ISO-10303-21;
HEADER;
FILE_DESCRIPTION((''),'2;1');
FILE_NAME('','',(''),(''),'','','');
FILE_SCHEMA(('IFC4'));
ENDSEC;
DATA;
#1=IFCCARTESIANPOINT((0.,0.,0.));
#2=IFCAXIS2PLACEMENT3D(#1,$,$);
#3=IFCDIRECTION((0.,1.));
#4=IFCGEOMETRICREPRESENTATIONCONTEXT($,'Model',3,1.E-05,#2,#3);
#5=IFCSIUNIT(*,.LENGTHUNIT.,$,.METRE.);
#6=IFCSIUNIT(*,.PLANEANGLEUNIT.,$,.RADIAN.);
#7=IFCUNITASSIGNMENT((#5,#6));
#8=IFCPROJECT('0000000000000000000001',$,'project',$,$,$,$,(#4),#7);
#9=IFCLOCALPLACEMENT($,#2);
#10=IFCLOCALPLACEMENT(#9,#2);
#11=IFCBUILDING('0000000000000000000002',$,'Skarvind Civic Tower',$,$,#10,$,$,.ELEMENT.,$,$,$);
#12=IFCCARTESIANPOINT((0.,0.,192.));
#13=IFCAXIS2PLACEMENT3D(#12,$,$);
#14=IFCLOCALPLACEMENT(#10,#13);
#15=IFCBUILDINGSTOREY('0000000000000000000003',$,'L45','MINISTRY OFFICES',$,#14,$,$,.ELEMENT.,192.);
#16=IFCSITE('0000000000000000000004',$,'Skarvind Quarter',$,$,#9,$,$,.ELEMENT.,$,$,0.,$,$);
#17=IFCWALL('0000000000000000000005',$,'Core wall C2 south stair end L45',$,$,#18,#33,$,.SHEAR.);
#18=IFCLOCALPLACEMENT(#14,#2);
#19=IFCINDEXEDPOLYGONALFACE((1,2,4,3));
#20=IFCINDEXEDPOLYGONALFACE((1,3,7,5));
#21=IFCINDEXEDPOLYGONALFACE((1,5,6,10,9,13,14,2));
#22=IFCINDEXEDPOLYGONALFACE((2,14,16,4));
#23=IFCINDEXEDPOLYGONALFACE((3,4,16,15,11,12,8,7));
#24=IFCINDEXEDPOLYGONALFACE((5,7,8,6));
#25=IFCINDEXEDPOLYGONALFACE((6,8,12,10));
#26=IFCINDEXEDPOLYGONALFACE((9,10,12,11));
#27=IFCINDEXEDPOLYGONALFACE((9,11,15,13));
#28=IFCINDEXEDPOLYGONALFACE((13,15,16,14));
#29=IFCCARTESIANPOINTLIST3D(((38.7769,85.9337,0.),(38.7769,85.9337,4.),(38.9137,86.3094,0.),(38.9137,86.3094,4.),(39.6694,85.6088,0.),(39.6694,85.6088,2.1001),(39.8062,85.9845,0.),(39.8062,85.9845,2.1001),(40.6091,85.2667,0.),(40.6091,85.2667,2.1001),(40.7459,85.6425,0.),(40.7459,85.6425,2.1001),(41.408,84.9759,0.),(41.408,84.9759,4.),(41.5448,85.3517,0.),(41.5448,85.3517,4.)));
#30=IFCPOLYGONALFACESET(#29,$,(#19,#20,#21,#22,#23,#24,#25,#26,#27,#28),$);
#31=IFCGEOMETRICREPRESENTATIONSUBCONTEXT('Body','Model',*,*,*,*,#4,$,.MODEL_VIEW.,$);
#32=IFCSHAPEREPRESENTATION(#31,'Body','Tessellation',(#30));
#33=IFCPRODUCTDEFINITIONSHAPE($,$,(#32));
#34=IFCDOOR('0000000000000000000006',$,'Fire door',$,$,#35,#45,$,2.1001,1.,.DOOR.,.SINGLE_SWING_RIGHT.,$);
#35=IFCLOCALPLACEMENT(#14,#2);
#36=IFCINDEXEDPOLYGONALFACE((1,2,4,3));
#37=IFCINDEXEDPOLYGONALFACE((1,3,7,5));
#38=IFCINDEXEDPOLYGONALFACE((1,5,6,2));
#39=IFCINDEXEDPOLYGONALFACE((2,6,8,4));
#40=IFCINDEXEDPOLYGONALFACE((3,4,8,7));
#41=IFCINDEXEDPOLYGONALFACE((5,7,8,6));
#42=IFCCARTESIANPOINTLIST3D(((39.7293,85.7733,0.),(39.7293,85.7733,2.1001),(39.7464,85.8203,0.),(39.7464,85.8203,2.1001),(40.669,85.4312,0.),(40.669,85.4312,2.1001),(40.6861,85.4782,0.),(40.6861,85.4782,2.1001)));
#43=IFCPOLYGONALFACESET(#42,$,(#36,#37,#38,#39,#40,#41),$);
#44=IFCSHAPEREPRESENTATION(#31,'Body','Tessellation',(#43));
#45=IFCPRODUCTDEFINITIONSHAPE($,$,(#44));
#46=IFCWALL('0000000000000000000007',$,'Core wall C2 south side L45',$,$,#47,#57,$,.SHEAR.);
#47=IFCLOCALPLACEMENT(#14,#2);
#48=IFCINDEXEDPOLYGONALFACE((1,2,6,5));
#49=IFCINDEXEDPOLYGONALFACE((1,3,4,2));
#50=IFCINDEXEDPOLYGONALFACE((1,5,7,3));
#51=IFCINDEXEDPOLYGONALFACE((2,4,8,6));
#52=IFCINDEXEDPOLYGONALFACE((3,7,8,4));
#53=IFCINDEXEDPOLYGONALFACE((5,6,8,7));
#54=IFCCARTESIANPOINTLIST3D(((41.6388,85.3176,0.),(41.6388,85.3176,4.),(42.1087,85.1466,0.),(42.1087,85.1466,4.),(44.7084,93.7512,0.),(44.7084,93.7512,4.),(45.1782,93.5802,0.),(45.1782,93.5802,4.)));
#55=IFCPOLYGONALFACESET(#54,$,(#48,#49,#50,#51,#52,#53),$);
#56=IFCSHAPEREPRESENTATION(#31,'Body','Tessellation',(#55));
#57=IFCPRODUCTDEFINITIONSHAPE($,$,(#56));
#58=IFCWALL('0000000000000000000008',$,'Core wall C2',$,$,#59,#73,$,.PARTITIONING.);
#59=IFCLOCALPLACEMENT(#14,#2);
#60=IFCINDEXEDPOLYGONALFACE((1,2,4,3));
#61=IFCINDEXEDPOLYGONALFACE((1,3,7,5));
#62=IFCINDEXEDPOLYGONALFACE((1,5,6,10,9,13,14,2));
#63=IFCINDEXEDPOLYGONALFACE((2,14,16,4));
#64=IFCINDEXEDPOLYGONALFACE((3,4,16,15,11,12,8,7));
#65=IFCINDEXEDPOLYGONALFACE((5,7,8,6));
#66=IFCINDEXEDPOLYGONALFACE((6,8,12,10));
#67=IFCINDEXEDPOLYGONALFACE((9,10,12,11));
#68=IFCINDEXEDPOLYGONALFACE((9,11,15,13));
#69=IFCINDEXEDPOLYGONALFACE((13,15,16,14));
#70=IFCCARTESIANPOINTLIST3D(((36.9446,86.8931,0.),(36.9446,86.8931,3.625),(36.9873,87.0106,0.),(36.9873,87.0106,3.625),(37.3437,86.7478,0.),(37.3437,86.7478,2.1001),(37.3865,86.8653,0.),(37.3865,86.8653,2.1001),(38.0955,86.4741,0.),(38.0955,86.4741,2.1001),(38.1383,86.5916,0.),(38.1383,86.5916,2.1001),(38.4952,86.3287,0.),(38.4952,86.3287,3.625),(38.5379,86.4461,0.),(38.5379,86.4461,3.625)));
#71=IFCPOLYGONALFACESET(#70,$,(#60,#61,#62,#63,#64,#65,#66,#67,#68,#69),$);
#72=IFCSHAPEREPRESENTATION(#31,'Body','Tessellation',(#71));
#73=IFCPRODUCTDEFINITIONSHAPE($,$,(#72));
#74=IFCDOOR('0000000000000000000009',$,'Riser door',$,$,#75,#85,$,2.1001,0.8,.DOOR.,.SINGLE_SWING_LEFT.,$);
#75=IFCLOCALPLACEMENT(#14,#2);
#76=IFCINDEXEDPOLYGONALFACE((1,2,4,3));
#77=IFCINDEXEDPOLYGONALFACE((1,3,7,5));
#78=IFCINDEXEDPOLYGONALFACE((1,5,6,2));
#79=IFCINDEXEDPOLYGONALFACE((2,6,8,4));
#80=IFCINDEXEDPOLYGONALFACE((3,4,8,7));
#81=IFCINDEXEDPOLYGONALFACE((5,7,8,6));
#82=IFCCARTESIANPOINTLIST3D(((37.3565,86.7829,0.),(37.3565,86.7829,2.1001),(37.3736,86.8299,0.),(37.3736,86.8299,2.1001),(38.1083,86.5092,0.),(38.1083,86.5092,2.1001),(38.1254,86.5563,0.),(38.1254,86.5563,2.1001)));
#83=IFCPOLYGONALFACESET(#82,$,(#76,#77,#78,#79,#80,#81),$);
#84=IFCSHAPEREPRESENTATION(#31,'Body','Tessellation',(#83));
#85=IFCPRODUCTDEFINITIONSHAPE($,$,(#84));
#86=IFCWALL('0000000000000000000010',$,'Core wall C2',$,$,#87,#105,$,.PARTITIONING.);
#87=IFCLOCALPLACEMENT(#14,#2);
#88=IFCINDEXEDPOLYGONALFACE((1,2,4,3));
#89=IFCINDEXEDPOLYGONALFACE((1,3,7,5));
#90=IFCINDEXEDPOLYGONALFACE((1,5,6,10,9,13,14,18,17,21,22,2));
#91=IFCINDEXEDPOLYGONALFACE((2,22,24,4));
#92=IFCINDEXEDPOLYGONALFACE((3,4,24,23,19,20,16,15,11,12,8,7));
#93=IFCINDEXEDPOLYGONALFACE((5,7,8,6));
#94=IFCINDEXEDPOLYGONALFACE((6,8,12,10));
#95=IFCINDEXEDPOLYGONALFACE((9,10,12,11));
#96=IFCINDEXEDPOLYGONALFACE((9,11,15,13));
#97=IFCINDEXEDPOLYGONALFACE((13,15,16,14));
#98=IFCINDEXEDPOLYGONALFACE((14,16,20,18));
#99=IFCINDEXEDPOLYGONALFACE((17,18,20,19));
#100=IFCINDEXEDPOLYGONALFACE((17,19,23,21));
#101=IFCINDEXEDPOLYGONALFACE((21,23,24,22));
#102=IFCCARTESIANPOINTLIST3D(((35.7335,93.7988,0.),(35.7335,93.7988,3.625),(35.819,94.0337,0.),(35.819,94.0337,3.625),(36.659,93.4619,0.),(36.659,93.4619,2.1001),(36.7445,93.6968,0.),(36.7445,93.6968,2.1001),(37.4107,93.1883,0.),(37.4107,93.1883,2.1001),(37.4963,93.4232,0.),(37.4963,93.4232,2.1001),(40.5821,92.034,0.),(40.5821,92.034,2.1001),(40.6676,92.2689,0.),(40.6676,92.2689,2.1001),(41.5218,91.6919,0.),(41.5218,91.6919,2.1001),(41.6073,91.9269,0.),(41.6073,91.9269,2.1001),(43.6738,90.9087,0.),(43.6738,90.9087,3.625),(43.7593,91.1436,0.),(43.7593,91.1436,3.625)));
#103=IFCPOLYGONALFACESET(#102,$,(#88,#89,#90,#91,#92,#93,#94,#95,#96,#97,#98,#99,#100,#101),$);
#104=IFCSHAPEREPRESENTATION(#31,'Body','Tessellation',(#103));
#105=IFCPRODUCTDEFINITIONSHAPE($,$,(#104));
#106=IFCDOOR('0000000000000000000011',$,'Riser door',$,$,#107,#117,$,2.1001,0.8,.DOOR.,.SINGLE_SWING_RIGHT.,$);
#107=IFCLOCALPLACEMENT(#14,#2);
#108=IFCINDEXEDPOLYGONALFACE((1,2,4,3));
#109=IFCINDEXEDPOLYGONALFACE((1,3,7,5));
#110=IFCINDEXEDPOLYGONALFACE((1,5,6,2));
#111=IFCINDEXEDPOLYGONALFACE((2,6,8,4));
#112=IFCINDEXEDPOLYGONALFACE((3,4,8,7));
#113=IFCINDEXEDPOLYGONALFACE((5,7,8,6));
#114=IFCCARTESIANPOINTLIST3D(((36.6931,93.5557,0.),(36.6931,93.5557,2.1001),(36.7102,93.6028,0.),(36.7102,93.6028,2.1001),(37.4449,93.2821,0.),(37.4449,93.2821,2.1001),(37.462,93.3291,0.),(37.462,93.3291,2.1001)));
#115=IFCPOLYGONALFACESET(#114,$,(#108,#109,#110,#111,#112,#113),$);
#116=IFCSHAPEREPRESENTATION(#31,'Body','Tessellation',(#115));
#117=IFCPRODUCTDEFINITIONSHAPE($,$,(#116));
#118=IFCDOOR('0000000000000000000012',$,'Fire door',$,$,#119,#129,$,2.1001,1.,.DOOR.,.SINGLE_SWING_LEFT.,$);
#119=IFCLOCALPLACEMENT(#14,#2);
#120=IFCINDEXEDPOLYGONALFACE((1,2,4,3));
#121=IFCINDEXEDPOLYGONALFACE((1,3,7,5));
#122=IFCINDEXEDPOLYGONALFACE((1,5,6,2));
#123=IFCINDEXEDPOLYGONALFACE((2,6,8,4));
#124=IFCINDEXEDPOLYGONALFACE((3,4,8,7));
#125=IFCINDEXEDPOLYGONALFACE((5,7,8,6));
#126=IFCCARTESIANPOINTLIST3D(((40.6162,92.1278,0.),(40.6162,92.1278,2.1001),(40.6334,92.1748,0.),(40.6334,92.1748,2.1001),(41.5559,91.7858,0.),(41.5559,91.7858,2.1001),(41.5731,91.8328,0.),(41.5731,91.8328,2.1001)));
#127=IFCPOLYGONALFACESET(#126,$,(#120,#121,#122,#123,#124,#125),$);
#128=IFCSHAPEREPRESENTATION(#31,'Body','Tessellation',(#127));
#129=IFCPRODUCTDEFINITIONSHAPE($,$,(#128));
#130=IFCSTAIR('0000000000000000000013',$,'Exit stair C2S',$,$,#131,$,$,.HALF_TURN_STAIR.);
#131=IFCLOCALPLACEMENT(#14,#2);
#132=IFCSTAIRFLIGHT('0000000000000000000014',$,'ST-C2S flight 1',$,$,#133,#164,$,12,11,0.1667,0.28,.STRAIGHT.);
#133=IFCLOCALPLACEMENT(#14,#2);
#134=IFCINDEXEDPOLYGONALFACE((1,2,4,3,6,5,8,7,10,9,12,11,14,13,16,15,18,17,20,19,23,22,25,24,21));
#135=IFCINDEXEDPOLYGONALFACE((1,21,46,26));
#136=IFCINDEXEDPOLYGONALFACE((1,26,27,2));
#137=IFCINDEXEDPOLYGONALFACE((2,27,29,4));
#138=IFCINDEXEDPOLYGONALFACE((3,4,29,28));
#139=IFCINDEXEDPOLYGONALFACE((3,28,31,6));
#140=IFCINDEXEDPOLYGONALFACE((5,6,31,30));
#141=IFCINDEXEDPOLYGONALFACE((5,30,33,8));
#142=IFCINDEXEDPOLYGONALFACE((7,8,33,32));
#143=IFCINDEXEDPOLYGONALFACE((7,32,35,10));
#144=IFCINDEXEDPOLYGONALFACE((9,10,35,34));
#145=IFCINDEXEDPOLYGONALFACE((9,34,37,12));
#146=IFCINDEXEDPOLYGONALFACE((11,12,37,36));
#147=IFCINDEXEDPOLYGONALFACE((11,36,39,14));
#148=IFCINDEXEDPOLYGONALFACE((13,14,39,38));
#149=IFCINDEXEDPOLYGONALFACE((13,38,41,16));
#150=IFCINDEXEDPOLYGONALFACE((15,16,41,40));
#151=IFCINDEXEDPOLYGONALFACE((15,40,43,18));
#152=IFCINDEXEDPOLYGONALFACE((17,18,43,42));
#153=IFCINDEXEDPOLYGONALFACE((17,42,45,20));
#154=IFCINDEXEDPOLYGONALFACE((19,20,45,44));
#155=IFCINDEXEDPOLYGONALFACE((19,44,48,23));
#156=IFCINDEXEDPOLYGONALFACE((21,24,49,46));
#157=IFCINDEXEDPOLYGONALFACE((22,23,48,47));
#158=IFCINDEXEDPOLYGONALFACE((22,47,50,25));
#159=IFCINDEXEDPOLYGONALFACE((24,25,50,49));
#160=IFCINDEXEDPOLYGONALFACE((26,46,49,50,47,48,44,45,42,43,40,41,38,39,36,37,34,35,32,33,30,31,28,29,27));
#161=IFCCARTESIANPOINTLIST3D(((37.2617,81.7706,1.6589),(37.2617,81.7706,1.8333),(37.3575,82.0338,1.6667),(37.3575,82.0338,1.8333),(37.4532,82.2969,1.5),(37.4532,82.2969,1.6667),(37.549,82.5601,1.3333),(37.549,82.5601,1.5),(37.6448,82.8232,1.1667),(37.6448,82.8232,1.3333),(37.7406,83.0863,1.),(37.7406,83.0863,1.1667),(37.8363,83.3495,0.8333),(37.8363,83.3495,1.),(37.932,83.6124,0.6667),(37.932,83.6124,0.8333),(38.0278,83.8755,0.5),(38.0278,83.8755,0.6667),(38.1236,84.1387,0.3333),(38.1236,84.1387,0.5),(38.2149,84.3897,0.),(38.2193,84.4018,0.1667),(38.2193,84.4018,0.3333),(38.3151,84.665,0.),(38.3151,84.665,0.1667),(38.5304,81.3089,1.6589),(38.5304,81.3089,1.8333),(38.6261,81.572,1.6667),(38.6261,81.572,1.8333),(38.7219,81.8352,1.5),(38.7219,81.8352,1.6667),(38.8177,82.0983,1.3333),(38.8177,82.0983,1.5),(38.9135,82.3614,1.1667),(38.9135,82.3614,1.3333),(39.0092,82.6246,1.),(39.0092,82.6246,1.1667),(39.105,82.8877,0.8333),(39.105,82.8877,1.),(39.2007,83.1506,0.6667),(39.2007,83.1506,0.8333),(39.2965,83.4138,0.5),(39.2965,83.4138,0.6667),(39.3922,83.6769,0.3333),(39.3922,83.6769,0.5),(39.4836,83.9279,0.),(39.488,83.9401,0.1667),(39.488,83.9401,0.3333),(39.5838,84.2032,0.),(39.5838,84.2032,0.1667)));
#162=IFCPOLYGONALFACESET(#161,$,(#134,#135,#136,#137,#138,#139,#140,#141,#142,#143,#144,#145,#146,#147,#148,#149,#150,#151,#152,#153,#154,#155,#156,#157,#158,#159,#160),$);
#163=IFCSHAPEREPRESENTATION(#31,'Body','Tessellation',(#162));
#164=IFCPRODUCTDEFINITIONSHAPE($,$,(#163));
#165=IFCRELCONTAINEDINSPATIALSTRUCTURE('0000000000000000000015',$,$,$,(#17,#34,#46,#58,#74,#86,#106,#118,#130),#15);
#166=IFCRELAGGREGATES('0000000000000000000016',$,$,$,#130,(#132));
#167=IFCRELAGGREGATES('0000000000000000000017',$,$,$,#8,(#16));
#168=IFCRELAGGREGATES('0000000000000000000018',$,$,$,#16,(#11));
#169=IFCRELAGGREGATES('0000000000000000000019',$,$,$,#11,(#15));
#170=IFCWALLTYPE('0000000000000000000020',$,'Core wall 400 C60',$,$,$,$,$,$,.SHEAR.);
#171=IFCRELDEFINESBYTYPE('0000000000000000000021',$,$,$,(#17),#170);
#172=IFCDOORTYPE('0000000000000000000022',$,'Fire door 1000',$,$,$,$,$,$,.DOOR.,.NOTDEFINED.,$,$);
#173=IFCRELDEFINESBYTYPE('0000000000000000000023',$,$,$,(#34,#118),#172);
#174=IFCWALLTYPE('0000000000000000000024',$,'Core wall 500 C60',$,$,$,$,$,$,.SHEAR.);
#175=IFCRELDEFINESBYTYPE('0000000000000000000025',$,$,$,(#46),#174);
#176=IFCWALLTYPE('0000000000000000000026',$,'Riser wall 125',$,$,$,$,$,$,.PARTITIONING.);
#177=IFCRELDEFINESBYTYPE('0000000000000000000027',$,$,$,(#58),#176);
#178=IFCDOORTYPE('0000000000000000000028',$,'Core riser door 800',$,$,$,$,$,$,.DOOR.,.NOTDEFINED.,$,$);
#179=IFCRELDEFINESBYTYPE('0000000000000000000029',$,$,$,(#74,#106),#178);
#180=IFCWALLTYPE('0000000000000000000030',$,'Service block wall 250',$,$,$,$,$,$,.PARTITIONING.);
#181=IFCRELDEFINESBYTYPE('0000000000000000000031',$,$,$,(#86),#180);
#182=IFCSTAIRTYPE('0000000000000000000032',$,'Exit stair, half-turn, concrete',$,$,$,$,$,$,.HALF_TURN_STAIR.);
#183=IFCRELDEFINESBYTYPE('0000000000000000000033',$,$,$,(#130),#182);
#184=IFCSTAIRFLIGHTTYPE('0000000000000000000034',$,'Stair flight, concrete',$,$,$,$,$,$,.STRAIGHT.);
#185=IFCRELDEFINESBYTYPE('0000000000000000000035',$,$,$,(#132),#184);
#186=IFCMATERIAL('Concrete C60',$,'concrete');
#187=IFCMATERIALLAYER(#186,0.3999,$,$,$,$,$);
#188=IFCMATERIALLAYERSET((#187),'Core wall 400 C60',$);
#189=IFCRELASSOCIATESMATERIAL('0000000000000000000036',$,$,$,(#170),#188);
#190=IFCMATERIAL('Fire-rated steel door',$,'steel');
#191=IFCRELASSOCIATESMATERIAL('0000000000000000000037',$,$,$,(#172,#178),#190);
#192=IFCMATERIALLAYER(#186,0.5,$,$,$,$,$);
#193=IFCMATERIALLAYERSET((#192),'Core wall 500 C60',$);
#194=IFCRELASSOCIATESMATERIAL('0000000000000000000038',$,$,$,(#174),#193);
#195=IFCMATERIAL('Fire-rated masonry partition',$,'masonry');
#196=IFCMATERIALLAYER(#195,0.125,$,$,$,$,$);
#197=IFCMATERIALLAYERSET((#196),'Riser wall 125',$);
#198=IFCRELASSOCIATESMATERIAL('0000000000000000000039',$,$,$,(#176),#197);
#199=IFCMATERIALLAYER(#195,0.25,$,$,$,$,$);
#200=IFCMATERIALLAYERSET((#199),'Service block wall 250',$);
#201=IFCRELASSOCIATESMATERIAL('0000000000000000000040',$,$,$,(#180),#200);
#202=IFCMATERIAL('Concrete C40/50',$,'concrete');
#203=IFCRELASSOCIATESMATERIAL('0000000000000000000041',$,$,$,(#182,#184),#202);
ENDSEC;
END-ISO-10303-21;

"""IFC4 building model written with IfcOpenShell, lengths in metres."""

from ifc_helpers import new_model, si_unit, direction, frame, frame_2d, origin, place, context, subcontext, project, spatial, polyline, rectangle, outline, extrude, material, layer, layer_set, type_object, element, fill, aggregate, save


model = new_model("IFC4")

# Units and contexts
model_context = context("Model", 3, precision=1e-05, world=origin(), true_north=direction((0.0, 1.0)))
body_context = subcontext(model_context, "Body", "Model", "MODEL_VIEW")
ifc_project = project(units=[si_unit("LENGTHUNIT", "METRE"), si_unit("PLANEANGLEUNIT", "RADIAN")], contexts=[model_context])

# Site, building, storey
site_placement = place(None, origin())
site = spatial("IfcSite", under=ifc_project, at=site_placement, Name="Skarvind Quarter", CompositionType="ELEMENT", RefElevation=0.0)
building_placement = place(site_placement, origin())
building = spatial("IfcBuilding", under=site, at=building_placement, Name="Skarvind Civic Tower", CompositionType="ELEMENT")
storey_placement = place(building_placement, frame((0.0, 0.0, 192.0)))
storey = spatial("IfcBuildingStorey", under=building, at=storey_placement, Name="L45", Description="MINISTRY OFFICES", CompositionType="ELEMENT", Elevation=192.0)

# Shared definitions
ifc_material_1 = material(Name="Concrete C60", Category="concrete")

# Shared definitions
ifc_material_2 = material(Name="Fire-rated masonry partition", Category="masonry")
ifc_material_3 = material(Name="Fire-rated steel door", Category="steel")

# Wall, opening, door
ifc_layer_1 = layer(ifc_material_1, 0.3999)
ifc_layer_set_1 = layer_set([ifc_layer_1], Name="Core wall 400 C60")
wall_type_1 = type_object("IfcWallType", Name="Core wall 400 C60", PredefinedType="SHEAR", material=ifc_layer_set_1)
wall_1_placement = place(storey_placement, frame((41.4763, 85.1638, 0.0), z_axis=(0.0, 0.0, 1.0), x_axis=(-0.939679, 0.342058, 0.0)))
wall_1 = element("IfcWall", 1, at=wall_1_placement, inside=storey, type_object=wall_type_1, Name="Core wall C2 south stair end L45", PredefinedType="SHEAR", context=body_context, shape_type="SweptSolid", body=[
    extrude(rectangle(XDim=2.8, YDim=0.3999, at=frame_2d((1.3999, 0.0))), origin(), (0.0, 0.0, 1.0), 4.0),
])
opening_1_placement = place(wall_1_placement, frame((0.8501, 0.0, 0.0)))
opening_1 = element("IfcOpeningElement", 2, at=opening_1_placement, cuts=wall_1, PredefinedType="OPENING", context=body_context, shape_type="SweptSolid", body=[
    extrude(rectangle(XDim=1.0, YDim=2.1001, at=frame_2d((0.5, 1.05))), frame((0.0, 0.21, 0.0), z_axis=(0.0, -1.0, 0.0), x_axis=(1.0, 0.0, 0.0)), (0.0, 0.0, 1.0), 0.4199),
])
door_type_1 = type_object("IfcDoorType", Name="Fire door 1000", OperationType="NOTDEFINED", PredefinedType="DOOR", material=ifc_material_3)
door_1_placement = place(opening_1_placement, origin())
door_1 = element("IfcDoor", 3, at=door_1_placement, inside=storey, type_object=door_type_1, Name="Fire door", OperationType="SINGLE_SWING_RIGHT", OverallHeight=2.1001, OverallWidth=1.0, PredefinedType="DOOR", context=body_context, shape_type="SweptSolid", body=[
    extrude(rectangle(XDim=1.0, YDim=2.1001, at=frame_2d((0.5, 1.05))), frame((0.0, 0.0249, 0.0), z_axis=(0.0, -1.0, 0.0), x_axis=(1.0, 0.0, 0.0)), (0.0, 0.0, 1.0), 0.05),
])
fill(opening_1, door_1)

# Wall
ifc_layer_2 = layer(ifc_material_1, 0.5)
ifc_layer_set_2 = layer_set([ifc_layer_2], Name="Core wall 500 C60")
wall_type_2 = type_object("IfcWallType", Name="Core wall 500 C60", PredefinedType="SHEAR", material=ifc_layer_set_2)
wall_2_placement = place(storey_placement, frame((41.8738, 85.2322, 0.0), z_axis=(0.0, 0.0, 1.0), x_axis=(0.34202, 0.939693, 0.0)))
element("IfcWall", 4, at=wall_2_placement, inside=storey, type_object=wall_type_2, Name="Core wall C2 south side L45", PredefinedType="SHEAR", context=body_context, shape_type="SweptSolid", body=[
    extrude(rectangle(XDim=8.9749, YDim=0.5, at=frame_2d((4.4873, 0.0))), origin(), (0.0, 0.0, 1.0), 4.0),
])

# Wall, opening, door
ifc_layer_3 = layer(ifc_material_2, 0.125)
ifc_layer_set_3 = layer_set([ifc_layer_3], Name="Riser wall 125")
wall_type_3 = type_object("IfcWallType", Name="Riser wall 125", PredefinedType="PARTITIONING", material=ifc_layer_set_3)
wall_3_placement = place(storey_placement, frame((36.9658, 86.9519, 0.0), z_axis=(0.0, 0.0, 1.0), x_axis=(0.939672, -0.342076, 0.0)))
wall_3 = element("IfcWall", 5, at=wall_3_placement, inside=storey, type_object=wall_type_3, Name="Core wall C2", PredefinedType="PARTITIONING", context=body_context, shape_type="SweptSolid", body=[
    extrude(rectangle(XDim=1.6501, YDim=0.125, at=frame_2d((0.8252, 0.0))), origin(), (0.0, 0.0, 1.0), 3.625),
])
opening_2_placement = place(wall_3_placement, frame((0.425, 0.0, 0.0)))
opening_2 = element("IfcOpeningElement", 6, at=opening_2_placement, cuts=wall_3, PredefinedType="OPENING", context=body_context, shape_type="SweptSolid", body=[
    extrude(rectangle(XDim=0.8, YDim=2.1001, at=frame_2d((0.3999, 1.05))), frame((0.0, 0.0725, 0.0), z_axis=(0.0, -1.0, 0.0), x_axis=(1.0, 0.0, 0.0)), (0.0, 0.0, 1.0), 0.145),
])
door_type_2 = type_object("IfcDoorType", Name="Core riser door 800", OperationType="NOTDEFINED", PredefinedType="DOOR", material=ifc_material_3)
door_2_placement = place(opening_2_placement, origin())
door_2 = element("IfcDoor", 7, at=door_2_placement, inside=storey, type_object=door_type_2, Name="Riser door", OperationType="SINGLE_SWING_LEFT", OverallHeight=2.1001, OverallWidth=0.8, PredefinedType="DOOR", context=body_context, shape_type="SweptSolid", body=[
    extrude(rectangle(XDim=0.8, YDim=2.1001, at=frame_2d((0.3999, 1.05))), frame((0.0, 0.0249, 0.0), z_axis=(0.0, -1.0, 0.0), x_axis=(1.0, 0.0, 0.0)), (0.0, 0.0, 1.0), 0.05),
])
fill(opening_2, door_2)

# Wall, openings, doors
ifc_layer_4 = layer(ifc_material_2, 0.25)
ifc_layer_set_4 = layer_set([ifc_layer_4], Name="Service block wall 250")
wall_type_4 = type_object("IfcWallType", Name="Service block wall 250", PredefinedType="PARTITIONING", material=ifc_layer_set_4)
wall_4_placement = place(storey_placement, frame((35.7761, 93.9163, 0.0), z_axis=(0.0, 0.0, 1.0), x_axis=(0.93969, -0.342026, 0.0)))
wall_4 = element("IfcWall", 8, at=wall_4_placement, inside=storey, type_object=wall_type_4, Name="Core wall C2", PredefinedType="PARTITIONING", context=body_context, shape_type="SweptSolid", body=[
    extrude(rectangle(XDim=8.45, YDim=0.25, at=frame_2d((4.2251, 0.0))), origin(), (0.0, 0.0, 1.0), 3.625),
])
opening_3_placement = place(wall_4_placement, frame((0.9851, 0.0, 0.0)))
opening_3 = element("IfcOpeningElement", 9, at=opening_3_placement, cuts=wall_4, PredefinedType="OPENING", context=body_context, shape_type="SweptSolid", body=[
    extrude(rectangle(XDim=0.8, YDim=2.1001, at=frame_2d((0.3999, 1.05))), frame((0.0, 0.135, 0.0), z_axis=(0.0, -1.0, 0.0), x_axis=(1.0, 0.0, 0.0)), (0.0, 0.0, 1.0), 0.27),
])
opening_4_placement = place(wall_4_placement, frame((5.1599, 0.0, 0.0)))
opening_4 = element("IfcOpeningElement", 10, at=opening_4_placement, cuts=wall_4, PredefinedType="OPENING", context=body_context, shape_type="SweptSolid", body=[
    extrude(rectangle(XDim=1.0, YDim=2.1001, at=frame_2d((0.5, 1.05))), frame((0.0, 0.135, 0.0), z_axis=(0.0, -1.0, 0.0), x_axis=(1.0, 0.0, 0.0)), (0.0, 0.0, 1.0), 0.27),
])
door_3_placement = place(opening_3_placement, origin())
door_3 = element("IfcDoor", 11, at=door_3_placement, inside=storey, type_object=door_type_2, Name="Riser door", OperationType="SINGLE_SWING_RIGHT", OverallHeight=2.1001, OverallWidth=0.8, PredefinedType="DOOR", context=body_context, shape_type="SweptSolid", body=[
    extrude(rectangle(XDim=0.8, YDim=2.1001, at=frame_2d((0.3999, 1.05))), frame((0.0, 0.0249, 0.0), z_axis=(0.0, -1.0, 0.0), x_axis=(1.0, 0.0, 0.0)), (0.0, 0.0, 1.0), 0.05),
])
fill(opening_3, door_3)
door_4_placement = place(opening_4_placement, origin())
door_4 = element("IfcDoor", 12, at=door_4_placement, inside=storey, type_object=door_type_1, Name="Fire door", OperationType="SINGLE_SWING_LEFT", OverallHeight=2.1001, OverallWidth=1.0, PredefinedType="DOOR", context=body_context, shape_type="SweptSolid", body=[
    extrude(rectangle(XDim=1.0, YDim=2.1001, at=frame_2d((0.5, 1.05))), frame((0.0, 0.0249, 0.0), z_axis=(0.0, -1.0, 0.0), x_axis=(1.0, 0.0, 0.0)), (0.0, 0.0, 1.0), 0.05),
])
fill(opening_4, door_4)

# Stair, stair flight
ifc_material_4 = material(Name="Concrete C40/50", Category="concrete")
stair_type = type_object("IfcStairType", Name="Exit stair, half-turn, concrete", PredefinedType="HALF_TURN_STAIR", material=ifc_material_4)
stair_placement = place(storey_placement, origin())
stair = element("IfcStair", 13, at=stair_placement, inside=storey, type_object=stair_type, Name="Exit stair C2S", PredefinedType="HALF_TURN_STAIR")
stair_flight_type = type_object("IfcStairFlightType", Name="Stair flight, concrete", PredefinedType="STRAIGHT", material=ifc_material_4)
stair_flight_placement = place(storey_placement, frame((38.9495, 84.4341, 0.0), z_axis=(0.0, 0.0, 1.0), x_axis=(-0.34202, -0.939693, 0.0)))
stair_flight = element("IfcStairFlight", 14, at=stair_flight_placement, type_object=stair_flight_type, Name="ST-C2S flight 1", NumberOfRisers=12, NumberOfTreads=11, PredefinedType="STRAIGHT", RiserHeight=0.1667, TreadLength=0.28, context=body_context, shape_type="SweptSolid", body=[
    extrude(outline(polyline([(0.0, 0.0), (0.0, 0.1667), (0.28, 0.1667), (0.28, 0.3333), (0.5601, 0.3333), (0.5601, 0.5), (0.8401, 0.5), (0.8401, 0.6667), (1.1201, 0.6667), (1.1201, 0.8333), (1.3999, 0.8333), (1.3999, 1.0), (1.6799, 1.0), (1.6799, 1.1667), (1.96, 1.1667), (1.96, 1.3333), (2.24, 1.3333), (2.24, 1.5), (2.52, 1.5), (2.52, 1.6667), (2.8, 1.6667), (2.8, 1.8333), (3.0801, 1.8333), (3.0801, 2.0), (3.0801, 1.6589), (0.293, 0.0), (0.0, 0.0)])), frame((0.0, 0.675, 0.0), z_axis=(0.0, -1.0, 0.0), x_axis=(1.0, 0.0, 0.0)), (0.0, 0.0, 1.0), 1.3501),
])
aggregate(stair, [stair_flight])

save(model, "model.ifc")
